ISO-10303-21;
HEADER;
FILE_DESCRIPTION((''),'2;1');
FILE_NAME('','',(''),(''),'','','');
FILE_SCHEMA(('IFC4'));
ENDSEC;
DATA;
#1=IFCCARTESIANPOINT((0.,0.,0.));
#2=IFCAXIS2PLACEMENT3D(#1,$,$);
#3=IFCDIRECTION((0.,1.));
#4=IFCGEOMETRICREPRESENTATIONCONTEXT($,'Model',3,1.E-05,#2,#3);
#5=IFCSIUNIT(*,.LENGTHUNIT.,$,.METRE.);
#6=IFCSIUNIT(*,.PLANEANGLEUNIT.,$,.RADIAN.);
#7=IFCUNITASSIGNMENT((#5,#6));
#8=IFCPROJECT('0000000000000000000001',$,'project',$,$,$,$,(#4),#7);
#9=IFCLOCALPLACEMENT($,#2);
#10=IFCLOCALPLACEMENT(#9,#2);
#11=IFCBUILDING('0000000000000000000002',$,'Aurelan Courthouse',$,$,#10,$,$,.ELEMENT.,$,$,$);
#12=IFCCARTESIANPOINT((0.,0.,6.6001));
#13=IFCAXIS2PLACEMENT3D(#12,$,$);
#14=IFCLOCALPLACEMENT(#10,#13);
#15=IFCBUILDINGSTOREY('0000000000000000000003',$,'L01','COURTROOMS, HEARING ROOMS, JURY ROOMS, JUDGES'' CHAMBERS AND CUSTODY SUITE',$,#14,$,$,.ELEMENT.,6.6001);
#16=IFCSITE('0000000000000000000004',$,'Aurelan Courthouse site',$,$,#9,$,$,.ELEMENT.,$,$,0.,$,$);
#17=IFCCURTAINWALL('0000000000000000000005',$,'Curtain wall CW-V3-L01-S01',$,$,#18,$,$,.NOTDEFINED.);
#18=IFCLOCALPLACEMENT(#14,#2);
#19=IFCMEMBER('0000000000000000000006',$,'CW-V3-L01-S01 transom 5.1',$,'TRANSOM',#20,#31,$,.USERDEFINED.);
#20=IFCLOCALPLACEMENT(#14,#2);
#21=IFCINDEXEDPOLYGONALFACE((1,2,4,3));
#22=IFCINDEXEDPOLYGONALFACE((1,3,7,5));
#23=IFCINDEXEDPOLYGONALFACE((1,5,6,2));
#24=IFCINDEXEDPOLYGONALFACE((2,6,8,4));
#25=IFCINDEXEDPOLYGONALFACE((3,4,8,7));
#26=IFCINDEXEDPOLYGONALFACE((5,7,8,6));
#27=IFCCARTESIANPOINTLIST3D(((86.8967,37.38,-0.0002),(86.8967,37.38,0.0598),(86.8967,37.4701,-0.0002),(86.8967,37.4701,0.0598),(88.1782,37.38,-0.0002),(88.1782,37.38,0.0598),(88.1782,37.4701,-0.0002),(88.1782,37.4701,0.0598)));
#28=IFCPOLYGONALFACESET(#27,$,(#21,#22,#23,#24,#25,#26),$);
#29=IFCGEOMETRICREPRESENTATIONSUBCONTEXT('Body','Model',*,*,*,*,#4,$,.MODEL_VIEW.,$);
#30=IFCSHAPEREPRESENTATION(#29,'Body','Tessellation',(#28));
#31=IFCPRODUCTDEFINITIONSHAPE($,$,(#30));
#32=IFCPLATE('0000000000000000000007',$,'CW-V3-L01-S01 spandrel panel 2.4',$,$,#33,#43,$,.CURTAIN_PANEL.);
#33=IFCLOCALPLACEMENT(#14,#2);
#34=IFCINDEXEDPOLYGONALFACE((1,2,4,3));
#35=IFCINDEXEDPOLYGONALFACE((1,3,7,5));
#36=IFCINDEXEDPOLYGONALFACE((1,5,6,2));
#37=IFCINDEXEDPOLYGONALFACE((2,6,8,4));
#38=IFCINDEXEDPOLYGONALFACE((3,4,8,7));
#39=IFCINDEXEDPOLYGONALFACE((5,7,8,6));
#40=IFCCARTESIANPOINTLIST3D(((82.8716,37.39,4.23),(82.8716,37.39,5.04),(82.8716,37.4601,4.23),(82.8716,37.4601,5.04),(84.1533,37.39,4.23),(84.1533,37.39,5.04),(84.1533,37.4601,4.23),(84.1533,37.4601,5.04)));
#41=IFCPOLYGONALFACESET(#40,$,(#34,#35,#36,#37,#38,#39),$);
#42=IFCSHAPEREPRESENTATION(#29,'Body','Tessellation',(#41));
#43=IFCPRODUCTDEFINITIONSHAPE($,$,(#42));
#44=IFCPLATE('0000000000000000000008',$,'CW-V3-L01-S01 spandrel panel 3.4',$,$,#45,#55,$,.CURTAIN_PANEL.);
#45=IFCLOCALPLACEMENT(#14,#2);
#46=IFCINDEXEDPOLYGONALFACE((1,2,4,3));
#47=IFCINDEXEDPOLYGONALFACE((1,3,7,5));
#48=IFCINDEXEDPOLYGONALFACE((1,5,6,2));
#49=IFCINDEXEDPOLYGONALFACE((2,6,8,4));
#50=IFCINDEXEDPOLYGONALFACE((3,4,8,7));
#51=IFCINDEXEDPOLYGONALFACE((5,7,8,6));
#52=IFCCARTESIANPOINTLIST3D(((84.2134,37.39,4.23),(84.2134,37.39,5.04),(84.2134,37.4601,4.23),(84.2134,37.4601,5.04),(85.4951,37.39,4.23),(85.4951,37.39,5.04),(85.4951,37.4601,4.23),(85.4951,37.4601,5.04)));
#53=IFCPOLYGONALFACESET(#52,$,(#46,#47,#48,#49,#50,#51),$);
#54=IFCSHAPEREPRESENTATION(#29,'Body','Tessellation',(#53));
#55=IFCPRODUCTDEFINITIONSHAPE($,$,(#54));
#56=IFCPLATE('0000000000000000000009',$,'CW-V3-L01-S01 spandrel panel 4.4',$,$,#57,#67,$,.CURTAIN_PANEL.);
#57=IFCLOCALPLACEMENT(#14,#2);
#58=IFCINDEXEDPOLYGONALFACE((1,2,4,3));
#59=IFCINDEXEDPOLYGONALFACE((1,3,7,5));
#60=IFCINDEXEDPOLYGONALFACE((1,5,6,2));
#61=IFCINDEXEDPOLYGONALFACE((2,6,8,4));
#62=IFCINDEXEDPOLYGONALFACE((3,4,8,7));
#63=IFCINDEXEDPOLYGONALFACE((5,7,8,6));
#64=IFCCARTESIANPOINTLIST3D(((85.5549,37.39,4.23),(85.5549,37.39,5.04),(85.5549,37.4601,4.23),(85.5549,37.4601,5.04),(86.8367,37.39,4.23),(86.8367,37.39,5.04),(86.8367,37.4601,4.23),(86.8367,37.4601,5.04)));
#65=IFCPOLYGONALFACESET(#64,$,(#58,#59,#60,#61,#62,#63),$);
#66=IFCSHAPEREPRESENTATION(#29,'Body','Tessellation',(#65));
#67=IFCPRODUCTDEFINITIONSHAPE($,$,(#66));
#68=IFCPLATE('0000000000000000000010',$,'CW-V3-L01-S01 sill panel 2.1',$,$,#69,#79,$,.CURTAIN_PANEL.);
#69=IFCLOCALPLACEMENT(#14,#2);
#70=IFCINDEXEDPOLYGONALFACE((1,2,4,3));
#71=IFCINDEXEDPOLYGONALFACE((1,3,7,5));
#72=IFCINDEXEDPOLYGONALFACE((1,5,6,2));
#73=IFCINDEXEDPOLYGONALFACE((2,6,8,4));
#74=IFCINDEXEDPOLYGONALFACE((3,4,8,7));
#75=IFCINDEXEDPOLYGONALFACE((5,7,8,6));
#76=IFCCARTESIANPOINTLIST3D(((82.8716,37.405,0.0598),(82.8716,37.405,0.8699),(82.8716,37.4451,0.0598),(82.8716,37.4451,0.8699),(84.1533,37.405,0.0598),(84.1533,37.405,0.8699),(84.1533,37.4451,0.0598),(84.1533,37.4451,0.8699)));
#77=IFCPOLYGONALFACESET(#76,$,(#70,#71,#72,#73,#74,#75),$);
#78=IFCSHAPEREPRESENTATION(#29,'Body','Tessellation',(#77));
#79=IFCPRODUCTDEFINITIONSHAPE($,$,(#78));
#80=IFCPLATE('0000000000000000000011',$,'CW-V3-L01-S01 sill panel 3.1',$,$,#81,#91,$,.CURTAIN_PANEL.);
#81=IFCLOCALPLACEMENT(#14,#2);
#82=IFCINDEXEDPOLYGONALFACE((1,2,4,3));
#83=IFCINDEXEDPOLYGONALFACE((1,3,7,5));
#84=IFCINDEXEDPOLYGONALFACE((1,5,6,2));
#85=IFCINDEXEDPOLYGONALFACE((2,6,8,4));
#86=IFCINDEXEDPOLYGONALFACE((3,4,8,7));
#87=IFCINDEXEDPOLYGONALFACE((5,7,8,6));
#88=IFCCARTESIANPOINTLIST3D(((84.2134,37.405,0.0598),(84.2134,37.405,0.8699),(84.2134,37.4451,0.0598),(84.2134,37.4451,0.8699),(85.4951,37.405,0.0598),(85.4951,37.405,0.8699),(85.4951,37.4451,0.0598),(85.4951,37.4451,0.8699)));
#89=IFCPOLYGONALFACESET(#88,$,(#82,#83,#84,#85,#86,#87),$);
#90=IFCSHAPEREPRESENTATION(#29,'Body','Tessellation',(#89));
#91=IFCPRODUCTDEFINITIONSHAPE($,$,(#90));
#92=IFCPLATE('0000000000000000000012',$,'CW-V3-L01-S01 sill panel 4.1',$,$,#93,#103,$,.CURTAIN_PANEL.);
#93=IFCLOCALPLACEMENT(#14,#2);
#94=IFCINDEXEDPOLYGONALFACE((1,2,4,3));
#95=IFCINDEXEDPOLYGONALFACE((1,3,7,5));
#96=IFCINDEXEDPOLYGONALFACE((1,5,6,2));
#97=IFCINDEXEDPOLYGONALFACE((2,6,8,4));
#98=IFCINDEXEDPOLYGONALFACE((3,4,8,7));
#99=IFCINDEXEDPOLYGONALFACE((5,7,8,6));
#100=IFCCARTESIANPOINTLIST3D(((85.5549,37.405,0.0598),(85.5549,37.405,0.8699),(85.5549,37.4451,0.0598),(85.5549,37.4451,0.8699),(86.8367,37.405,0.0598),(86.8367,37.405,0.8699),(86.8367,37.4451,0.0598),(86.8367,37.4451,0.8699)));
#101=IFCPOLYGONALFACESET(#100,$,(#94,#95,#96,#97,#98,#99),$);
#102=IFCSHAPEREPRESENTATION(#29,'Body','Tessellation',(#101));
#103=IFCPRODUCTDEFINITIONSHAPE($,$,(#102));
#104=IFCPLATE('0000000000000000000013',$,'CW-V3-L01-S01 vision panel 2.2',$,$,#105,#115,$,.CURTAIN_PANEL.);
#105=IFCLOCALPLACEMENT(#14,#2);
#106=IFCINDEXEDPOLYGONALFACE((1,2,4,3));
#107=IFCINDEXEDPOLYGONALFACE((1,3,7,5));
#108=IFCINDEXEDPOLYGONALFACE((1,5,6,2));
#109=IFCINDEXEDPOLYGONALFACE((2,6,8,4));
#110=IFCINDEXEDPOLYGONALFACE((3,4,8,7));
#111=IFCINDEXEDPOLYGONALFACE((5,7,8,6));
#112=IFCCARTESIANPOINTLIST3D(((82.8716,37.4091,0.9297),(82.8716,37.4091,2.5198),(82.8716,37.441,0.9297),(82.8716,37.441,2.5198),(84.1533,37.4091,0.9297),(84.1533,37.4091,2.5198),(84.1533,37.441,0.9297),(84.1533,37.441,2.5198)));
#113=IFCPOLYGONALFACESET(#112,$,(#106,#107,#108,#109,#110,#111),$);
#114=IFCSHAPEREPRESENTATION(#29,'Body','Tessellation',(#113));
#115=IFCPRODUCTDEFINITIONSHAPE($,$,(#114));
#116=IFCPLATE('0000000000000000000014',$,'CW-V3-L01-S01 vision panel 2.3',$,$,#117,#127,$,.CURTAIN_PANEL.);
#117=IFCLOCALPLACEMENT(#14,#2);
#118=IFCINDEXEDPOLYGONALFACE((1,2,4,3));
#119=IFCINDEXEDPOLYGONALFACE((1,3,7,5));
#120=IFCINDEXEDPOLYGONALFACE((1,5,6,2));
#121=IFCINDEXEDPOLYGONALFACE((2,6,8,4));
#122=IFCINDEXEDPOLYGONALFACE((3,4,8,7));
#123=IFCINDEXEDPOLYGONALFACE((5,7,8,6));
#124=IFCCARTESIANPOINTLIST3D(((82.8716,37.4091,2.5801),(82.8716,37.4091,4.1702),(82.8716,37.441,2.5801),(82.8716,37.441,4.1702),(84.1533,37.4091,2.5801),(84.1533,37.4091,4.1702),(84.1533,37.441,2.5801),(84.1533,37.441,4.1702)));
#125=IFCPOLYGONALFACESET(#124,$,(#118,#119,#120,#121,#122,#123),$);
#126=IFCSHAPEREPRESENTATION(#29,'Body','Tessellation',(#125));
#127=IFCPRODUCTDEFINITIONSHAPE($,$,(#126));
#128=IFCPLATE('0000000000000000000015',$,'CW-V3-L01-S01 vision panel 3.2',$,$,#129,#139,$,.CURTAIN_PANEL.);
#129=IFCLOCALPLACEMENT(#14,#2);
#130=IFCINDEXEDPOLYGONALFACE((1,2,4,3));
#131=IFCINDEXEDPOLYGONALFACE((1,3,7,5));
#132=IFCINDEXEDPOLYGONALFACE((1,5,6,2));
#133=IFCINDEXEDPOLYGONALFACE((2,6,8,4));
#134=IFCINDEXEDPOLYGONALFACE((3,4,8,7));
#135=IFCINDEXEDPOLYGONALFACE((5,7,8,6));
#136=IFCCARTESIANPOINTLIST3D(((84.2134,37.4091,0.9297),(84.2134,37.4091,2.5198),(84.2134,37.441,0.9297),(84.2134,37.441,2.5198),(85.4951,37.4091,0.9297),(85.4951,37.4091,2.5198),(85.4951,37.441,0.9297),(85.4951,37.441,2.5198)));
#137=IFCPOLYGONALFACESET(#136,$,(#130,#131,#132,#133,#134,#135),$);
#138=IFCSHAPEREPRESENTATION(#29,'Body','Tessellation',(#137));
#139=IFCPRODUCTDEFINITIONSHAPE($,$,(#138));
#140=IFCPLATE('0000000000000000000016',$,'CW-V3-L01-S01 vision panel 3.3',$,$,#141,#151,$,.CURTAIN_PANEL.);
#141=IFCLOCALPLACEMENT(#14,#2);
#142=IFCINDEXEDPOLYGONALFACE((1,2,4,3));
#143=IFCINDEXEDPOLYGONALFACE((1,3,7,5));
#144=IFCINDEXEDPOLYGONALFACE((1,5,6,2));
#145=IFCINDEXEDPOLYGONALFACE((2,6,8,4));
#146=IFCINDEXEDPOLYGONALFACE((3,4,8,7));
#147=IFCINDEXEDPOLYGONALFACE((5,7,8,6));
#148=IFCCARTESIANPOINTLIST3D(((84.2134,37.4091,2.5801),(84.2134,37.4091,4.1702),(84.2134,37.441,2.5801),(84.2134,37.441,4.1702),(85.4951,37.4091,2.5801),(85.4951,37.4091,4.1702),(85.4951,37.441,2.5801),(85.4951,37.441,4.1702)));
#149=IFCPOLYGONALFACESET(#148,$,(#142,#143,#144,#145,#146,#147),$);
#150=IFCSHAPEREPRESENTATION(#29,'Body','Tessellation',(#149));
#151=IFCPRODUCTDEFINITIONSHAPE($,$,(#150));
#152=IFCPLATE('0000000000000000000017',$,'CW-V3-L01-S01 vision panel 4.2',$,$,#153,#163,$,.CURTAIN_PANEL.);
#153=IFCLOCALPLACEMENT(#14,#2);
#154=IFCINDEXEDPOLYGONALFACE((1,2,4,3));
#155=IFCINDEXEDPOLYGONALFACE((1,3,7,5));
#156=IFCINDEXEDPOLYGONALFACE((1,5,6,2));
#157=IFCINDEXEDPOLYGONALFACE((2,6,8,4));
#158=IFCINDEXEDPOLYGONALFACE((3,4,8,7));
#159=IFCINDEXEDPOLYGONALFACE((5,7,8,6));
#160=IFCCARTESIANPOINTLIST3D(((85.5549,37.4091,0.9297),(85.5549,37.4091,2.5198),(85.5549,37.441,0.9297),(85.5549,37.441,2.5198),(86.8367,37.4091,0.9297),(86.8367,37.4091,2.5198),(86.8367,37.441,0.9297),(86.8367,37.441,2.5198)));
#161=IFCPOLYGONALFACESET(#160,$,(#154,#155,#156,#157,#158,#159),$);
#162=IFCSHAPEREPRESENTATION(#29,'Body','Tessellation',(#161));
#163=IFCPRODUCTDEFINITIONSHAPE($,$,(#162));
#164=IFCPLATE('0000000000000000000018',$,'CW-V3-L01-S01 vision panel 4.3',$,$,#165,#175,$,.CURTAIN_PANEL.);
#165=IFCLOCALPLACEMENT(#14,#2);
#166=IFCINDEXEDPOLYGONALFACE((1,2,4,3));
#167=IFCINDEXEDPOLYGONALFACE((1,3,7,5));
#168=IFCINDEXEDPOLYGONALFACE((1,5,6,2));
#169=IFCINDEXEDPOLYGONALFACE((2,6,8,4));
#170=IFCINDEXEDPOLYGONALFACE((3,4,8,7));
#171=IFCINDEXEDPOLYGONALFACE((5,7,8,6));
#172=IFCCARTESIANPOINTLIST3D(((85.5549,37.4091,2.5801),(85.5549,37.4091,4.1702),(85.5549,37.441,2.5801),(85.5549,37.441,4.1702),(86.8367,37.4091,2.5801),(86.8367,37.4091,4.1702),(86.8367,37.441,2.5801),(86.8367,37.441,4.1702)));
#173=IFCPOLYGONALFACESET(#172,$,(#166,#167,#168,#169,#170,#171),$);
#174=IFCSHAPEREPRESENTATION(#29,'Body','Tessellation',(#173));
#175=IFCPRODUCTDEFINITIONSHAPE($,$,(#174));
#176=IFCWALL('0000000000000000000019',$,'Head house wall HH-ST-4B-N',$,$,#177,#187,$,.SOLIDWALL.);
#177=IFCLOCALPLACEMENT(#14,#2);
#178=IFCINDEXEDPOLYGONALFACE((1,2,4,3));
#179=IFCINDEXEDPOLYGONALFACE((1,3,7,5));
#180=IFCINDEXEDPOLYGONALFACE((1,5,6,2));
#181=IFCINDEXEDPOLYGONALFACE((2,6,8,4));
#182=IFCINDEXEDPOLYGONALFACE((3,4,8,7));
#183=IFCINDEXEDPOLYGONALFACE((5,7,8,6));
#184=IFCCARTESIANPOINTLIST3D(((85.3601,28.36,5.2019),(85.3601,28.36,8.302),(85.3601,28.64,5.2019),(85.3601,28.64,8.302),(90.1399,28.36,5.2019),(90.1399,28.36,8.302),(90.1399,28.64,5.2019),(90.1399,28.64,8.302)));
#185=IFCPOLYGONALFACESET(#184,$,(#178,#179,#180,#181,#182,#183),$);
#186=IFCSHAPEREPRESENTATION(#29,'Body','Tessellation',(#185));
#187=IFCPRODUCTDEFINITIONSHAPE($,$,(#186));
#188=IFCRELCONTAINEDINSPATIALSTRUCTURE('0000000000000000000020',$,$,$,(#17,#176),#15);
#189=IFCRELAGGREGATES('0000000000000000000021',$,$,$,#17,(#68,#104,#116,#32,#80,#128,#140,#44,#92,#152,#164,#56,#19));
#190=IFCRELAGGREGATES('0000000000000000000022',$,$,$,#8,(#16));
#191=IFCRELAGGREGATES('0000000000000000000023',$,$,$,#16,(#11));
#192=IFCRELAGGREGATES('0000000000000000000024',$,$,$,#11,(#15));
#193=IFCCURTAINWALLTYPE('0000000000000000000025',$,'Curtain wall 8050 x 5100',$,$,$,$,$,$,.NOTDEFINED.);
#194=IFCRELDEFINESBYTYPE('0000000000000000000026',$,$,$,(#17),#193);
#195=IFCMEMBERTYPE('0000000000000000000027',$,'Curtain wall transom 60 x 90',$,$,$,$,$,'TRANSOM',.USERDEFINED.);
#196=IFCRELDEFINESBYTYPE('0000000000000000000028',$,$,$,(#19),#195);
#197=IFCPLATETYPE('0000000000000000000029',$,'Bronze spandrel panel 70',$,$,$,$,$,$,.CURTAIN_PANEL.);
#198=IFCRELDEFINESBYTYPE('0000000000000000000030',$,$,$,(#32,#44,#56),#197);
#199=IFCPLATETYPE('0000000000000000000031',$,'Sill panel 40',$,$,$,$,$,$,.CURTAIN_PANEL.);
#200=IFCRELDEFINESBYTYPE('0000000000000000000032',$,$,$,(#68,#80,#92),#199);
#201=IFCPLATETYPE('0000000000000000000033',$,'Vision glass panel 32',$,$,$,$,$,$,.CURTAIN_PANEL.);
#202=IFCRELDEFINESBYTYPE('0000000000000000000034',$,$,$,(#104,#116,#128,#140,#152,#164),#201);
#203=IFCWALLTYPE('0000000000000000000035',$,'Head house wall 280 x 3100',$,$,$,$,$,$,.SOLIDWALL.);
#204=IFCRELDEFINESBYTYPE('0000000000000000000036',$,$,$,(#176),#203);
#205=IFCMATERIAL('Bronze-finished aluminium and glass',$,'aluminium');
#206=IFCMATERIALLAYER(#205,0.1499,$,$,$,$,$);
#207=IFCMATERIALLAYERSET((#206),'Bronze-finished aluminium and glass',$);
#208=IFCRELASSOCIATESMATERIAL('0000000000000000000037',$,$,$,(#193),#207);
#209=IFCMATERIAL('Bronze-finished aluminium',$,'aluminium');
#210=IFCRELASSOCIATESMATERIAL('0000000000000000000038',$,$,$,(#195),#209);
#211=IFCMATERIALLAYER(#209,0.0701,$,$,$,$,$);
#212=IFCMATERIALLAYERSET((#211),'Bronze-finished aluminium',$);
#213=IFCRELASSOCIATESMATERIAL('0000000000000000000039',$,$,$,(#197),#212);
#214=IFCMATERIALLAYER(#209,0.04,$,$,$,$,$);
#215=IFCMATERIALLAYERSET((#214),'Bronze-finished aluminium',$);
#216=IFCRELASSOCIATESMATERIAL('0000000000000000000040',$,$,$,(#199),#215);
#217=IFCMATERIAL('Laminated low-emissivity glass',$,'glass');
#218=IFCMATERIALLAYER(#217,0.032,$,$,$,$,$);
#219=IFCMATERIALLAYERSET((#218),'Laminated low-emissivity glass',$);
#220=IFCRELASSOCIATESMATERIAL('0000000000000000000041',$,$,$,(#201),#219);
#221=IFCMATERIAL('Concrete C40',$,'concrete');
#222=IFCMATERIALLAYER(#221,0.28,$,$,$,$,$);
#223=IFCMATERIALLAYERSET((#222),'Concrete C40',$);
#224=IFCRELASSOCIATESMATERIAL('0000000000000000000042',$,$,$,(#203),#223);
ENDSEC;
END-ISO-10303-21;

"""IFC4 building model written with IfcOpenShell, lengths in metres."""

from ifc_helpers import new_model, si_unit, direction, frame, frame_2d, origin, origin_2d, place, context, subcontext, project, spatial, rectangle, extrude, material, layer, layer_set, material_profile, profile_set, type_object, element, aggregate, save


model = new_model("IFC4")

# Units and contexts
model_context = context("Model", 3, precision=1e-05, world=origin(), true_north=direction((0.0, 1.0)))
body_context = subcontext(model_context, "Body", "Model", "MODEL_VIEW")
ifc_project = project(units=[si_unit("LENGTHUNIT", "METRE"), si_unit("PLANEANGLEUNIT", "RADIAN")], contexts=[model_context])

# Site, building, storey
site_placement = place(None, origin())
site = spatial("IfcSite", under=ifc_project, at=site_placement, Name="Aurelan Courthouse site", CompositionType="ELEMENT", RefElevation=0.0)
building_placement = place(site_placement, origin())
building = spatial("IfcBuilding", under=site, at=building_placement, Name="Aurelan Courthouse", CompositionType="ELEMENT")
storey_placement = place(building_placement, frame((0.0, 0.0, 6.6001)))
storey = spatial("IfcBuildingStorey", under=building, at=storey_placement, Name="L01", Description="COURTROOMS, HEARING ROOMS, JURY ROOMS, JUDGES' CHAMBERS AND CUSTODY SUITE", CompositionType="ELEMENT", Elevation=6.6001)

# Curtain wall, member, plates
ifc_material_1 = material(Name="Bronze-finished aluminium and glass", Category="aluminium")
ifc_layer_1 = layer(ifc_material_1, 0.1499)
ifc_layer_set_1 = layer_set([ifc_layer_1], Name="Bronze-finished aluminium and glass")
curtain_wall_type = type_object("IfcCurtainWallType", Name="Curtain wall 8050 x 5100", PredefinedType="NOTDEFINED", material=ifc_layer_set_1)
curtain_wall_placement = place(storey_placement, origin())
curtain_wall = element("IfcCurtainWall", 1, at=curtain_wall_placement, inside=storey, type_object=curtain_wall_type, Name="Curtain wall CW-V3-L01-S01", PredefinedType="NOTDEFINED")
ifc_material_2 = material(Name="Bronze-finished aluminium", Category="aluminium")
ifc_material_profile_1 = material_profile(ifc_material_2, rectangle(XDim=0.0901, YDim=0.0601, at=origin_2d()), Name="Bronze transom 60 x 90")
ifc_profile_set_1 = profile_set([ifc_material_profile_1], Name="Bronze-finished aluminium")
member_type_1 = type_object("IfcMemberType", Name="Curtain wall transom 60 x 90", ElementType="TRANSOM", PredefinedType="USERDEFINED", material=ifc_profile_set_1)
member_1_placement = place(storey_placement, frame((86.8967, 37.425, 0.0298), z_axis=(1.0, 0.0, 0.0), x_axis=(0.0, 1.0, 0.0)))
member_1 = element("IfcMember", 2, at=member_1_placement, type_object=member_type_1, Name="CW-V3-L01-S01 transom 5.1", ObjectType="TRANSOM", PredefinedType="USERDEFINED", context=body_context, shape_type="SweptSolid", body=[
    extrude(rectangle(XDim=0.0901, YDim=0.0601, at=origin_2d()), origin(), (0.0, 0.0, 1.0), 1.2815),
])
ifc_layer_2 = layer(ifc_material_2, 0.0701)
ifc_layer_set_2 = layer_set([ifc_layer_2], Name="Bronze-finished aluminium")
plate_type_1 = type_object("IfcPlateType", Name="Bronze spandrel panel 70", PredefinedType="CURTAIN_PANEL", material=ifc_layer_set_2)
plate_1_placement = place(storey_placement, frame((83.5125, 37.425, 4.23), z_axis=(0.0, 0.0, 1.0), x_axis=(1.0, 0.0, 0.0)))
plate_1 = element("IfcPlate", 3, at=plate_1_placement, type_object=plate_type_1, Name="CW-V3-L01-S01 spandrel panel 2.4", PredefinedType="CURTAIN_PANEL", context=body_context, shape_type="SweptSolid", body=[
    extrude(rectangle(XDim=1.2817, YDim=0.0701, at=origin_2d()), origin(), (0.0, 0.0, 1.0), 0.8101),
])
plate_2_placement = place(storey_placement, frame((84.8542, 37.425, 4.23), z_axis=(0.0, 0.0, 1.0), x_axis=(1.0, 0.0, 0.0)))
plate_2 = element("IfcPlate", 4, at=plate_2_placement, type_object=plate_type_1, Name="CW-V3-L01-S01 spandrel panel 3.4", PredefinedType="CURTAIN_PANEL", context=body_context, shape_type="SweptSolid", body=[
    extrude(rectangle(XDim=1.2817, YDim=0.0701, at=origin_2d()), origin(), (0.0, 0.0, 1.0), 0.8101),
])
plate_3_placement = place(storey_placement, frame((86.1958, 37.425, 4.23), z_axis=(0.0, 0.0, 1.0), x_axis=(1.0, 0.0, 0.0)))
plate_3 = element("IfcPlate", 5, at=plate_3_placement, type_object=plate_type_1, Name="CW-V3-L01-S01 spandrel panel 4.4", PredefinedType="CURTAIN_PANEL", context=body_context, shape_type="SweptSolid", body=[
    extrude(rectangle(XDim=1.2817, YDim=0.0701, at=origin_2d()), origin(), (0.0, 0.0, 1.0), 0.8101),
])
ifc_layer_3 = layer(ifc_material_2, 0.04)
ifc_layer_set_3 = layer_set([ifc_layer_3], Name="Bronze-finished aluminium")
plate_type_2 = type_object("IfcPlateType", Name="Sill panel 40", PredefinedType="CURTAIN_PANEL", material=ifc_layer_set_3)
plate_4_placement = place(storey_placement, frame((83.5125, 37.425, 0.0598), z_axis=(0.0, 0.0, 1.0), x_axis=(1.0, 0.0, 0.0)))
plate_4 = element("IfcPlate", 6, at=plate_4_placement, type_object=plate_type_2, Name="CW-V3-L01-S01 sill panel 2.1", PredefinedType="CURTAIN_PANEL", context=body_context, shape_type="SweptSolid", body=[
    extrude(rectangle(XDim=1.2817, YDim=0.04, at=origin_2d()), origin(), (0.0, 0.0, 1.0), 0.8101),
])
plate_5_placement = place(storey_placement, frame((84.8542, 37.425, 0.0598), z_axis=(0.0, 0.0, 1.0), x_axis=(1.0, 0.0, 0.0)))
plate_5 = element("IfcPlate", 7, at=plate_5_placement, type_object=plate_type_2, Name="CW-V3-L01-S01 sill panel 3.1", PredefinedType="CURTAIN_PANEL", context=body_context, shape_type="SweptSolid", body=[
    extrude(rectangle(XDim=1.2817, YDim=0.04, at=origin_2d()), origin(), (0.0, 0.0, 1.0), 0.8101),
])
plate_6_placement = place(storey_placement, frame((86.1958, 37.425, 0.0598), z_axis=(0.0, 0.0, 1.0), x_axis=(1.0, 0.0, 0.0)))
plate_6 = element("IfcPlate", 8, at=plate_6_placement, type_object=plate_type_2, Name="CW-V3-L01-S01 sill panel 4.1", PredefinedType="CURTAIN_PANEL", context=body_context, shape_type="SweptSolid", body=[
    extrude(rectangle(XDim=1.2817, YDim=0.04, at=origin_2d()), origin(), (0.0, 0.0, 1.0), 0.8101),
])
ifc_material_3 = material(Name="Laminated low-emissivity glass", Category="glass")
ifc_layer_4 = layer(ifc_material_3, 0.032)
ifc_layer_set_4 = layer_set([ifc_layer_4], Name="Laminated low-emissivity glass")
plate_type_3 = type_object("IfcPlateType", Name="Vision glass panel 32", PredefinedType="CURTAIN_PANEL", material=ifc_layer_set_4)
plate_7_placement = place(storey_placement, frame((83.5125, 37.425, 0.9297), z_axis=(0.0, 0.0, 1.0), x_axis=(1.0, 0.0, 0.0)))
plate_7 = element("IfcPlate", 9, at=plate_7_placement, type_object=plate_type_3, Name="CW-V3-L01-S01 vision panel 2.2", PredefinedType="CURTAIN_PANEL", context=body_context, shape_type="SweptSolid", body=[
    extrude(rectangle(XDim=1.2817, YDim=0.032, at=origin_2d()), origin(), (0.0, 0.0, 1.0), 1.5901),
])
plate_8_placement = place(storey_placement, frame((83.5125, 37.425, 2.5801), z_axis=(0.0, 0.0, 1.0), x_axis=(1.0, 0.0, 0.0)))
plate_8 = element("IfcPlate", 10, at=plate_8_placement, type_object=plate_type_3, Name="CW-V3-L01-S01 vision panel 2.3", PredefinedType="CURTAIN_PANEL", context=body_context, shape_type="SweptSolid", body=[
    extrude(rectangle(XDim=1.2817, YDim=0.032, at=origin_2d()), origin(), (0.0, 0.0, 1.0), 1.5901),
])
plate_9_placement = place(storey_placement, frame((84.8542, 37.425, 0.9297), z_axis=(0.0, 0.0, 1.0), x_axis=(1.0, 0.0, 0.0)))
plate_9 = element("IfcPlate", 11, at=plate_9_placement, type_object=plate_type_3, Name="CW-V3-L01-S01 vision panel 3.2", PredefinedType="CURTAIN_PANEL", context=body_context, shape_type="SweptSolid", body=[
    extrude(rectangle(XDim=1.2817, YDim=0.032, at=origin_2d()), origin(), (0.0, 0.0, 1.0), 1.5901),
])
plate_10_placement = place(storey_placement, frame((84.8542, 37.425, 2.5801), z_axis=(0.0, 0.0, 1.0), x_axis=(1.0, 0.0, 0.0)))
plate_10 = element("IfcPlate", 12, at=plate_10_placement, type_object=plate_type_3, Name="CW-V3-L01-S01 vision panel 3.3", PredefinedType="CURTAIN_PANEL", context=body_context, shape_type="SweptSolid", body=[
    extrude(rectangle(XDim=1.2817, YDim=0.032, at=origin_2d()), origin(), (0.0, 0.0, 1.0), 1.5901),
])
plate_11_placement = place(storey_placement, frame((86.1958, 37.425, 0.9297), z_axis=(0.0, 0.0, 1.0), x_axis=(1.0, 0.0, 0.0)))
plate_11 = element("IfcPlate", 13, at=plate_11_placement, type_object=plate_type_3, Name="CW-V3-L01-S01 vision panel 4.2", PredefinedType="CURTAIN_PANEL", context=body_context, shape_type="SweptSolid", body=[
    extrude(rectangle(XDim=1.2817, YDim=0.032, at=origin_2d()), origin(), (0.0, 0.0, 1.0), 1.5901),
])
plate_12_placement = place(storey_placement, frame((86.1958, 37.425, 2.5801), z_axis=(0.0, 0.0, 1.0), x_axis=(1.0, 0.0, 0.0)))
plate_12 = element("IfcPlate", 14, at=plate_12_placement, type_object=plate_type_3, Name="CW-V3-L01-S01 vision panel 4.3", PredefinedType="CURTAIN_PANEL", context=body_context, shape_type="SweptSolid", body=[
    extrude(rectangle(XDim=1.2817, YDim=0.032, at=origin_2d()), origin(), (0.0, 0.0, 1.0), 1.5901),
])
aggregate(curtain_wall, [plate_4, plate_7, plate_8, plate_1, plate_5, plate_9, plate_10, plate_2, plate_6, plate_11, plate_12, plate_3, member_1])

# Wall
ifc_material_4 = material(Name="Concrete C40", Category="concrete")
ifc_layer_5 = layer(ifc_material_4, 0.28)
ifc_layer_set_5 = layer_set([ifc_layer_5], Name="Concrete C40")
wall_type_1 = type_object("IfcWallType", Name="Head house wall 280 x 3100", PredefinedType="SOLIDWALL", material=ifc_layer_set_5)
wall_1_placement = place(storey_placement, frame((85.3601, 28.5, 5.2019), z_axis=(0.0, 0.0, 1.0), x_axis=(1.0, 0.0, 0.0)))
element("IfcWall", 15, at=wall_1_placement, inside=storey, type_object=wall_type_1, Name="Head house wall HH-ST-4B-N", PredefinedType="SOLIDWALL", context=body_context, shape_type="SweptSolid", body=[
    extrude(rectangle(XDim=4.7798, YDim=0.28, at=frame_2d((2.3899, 0.0))), origin(), (0.0, 0.0, 1.0), 3.1001),
])

save(model, "model.ifc")
